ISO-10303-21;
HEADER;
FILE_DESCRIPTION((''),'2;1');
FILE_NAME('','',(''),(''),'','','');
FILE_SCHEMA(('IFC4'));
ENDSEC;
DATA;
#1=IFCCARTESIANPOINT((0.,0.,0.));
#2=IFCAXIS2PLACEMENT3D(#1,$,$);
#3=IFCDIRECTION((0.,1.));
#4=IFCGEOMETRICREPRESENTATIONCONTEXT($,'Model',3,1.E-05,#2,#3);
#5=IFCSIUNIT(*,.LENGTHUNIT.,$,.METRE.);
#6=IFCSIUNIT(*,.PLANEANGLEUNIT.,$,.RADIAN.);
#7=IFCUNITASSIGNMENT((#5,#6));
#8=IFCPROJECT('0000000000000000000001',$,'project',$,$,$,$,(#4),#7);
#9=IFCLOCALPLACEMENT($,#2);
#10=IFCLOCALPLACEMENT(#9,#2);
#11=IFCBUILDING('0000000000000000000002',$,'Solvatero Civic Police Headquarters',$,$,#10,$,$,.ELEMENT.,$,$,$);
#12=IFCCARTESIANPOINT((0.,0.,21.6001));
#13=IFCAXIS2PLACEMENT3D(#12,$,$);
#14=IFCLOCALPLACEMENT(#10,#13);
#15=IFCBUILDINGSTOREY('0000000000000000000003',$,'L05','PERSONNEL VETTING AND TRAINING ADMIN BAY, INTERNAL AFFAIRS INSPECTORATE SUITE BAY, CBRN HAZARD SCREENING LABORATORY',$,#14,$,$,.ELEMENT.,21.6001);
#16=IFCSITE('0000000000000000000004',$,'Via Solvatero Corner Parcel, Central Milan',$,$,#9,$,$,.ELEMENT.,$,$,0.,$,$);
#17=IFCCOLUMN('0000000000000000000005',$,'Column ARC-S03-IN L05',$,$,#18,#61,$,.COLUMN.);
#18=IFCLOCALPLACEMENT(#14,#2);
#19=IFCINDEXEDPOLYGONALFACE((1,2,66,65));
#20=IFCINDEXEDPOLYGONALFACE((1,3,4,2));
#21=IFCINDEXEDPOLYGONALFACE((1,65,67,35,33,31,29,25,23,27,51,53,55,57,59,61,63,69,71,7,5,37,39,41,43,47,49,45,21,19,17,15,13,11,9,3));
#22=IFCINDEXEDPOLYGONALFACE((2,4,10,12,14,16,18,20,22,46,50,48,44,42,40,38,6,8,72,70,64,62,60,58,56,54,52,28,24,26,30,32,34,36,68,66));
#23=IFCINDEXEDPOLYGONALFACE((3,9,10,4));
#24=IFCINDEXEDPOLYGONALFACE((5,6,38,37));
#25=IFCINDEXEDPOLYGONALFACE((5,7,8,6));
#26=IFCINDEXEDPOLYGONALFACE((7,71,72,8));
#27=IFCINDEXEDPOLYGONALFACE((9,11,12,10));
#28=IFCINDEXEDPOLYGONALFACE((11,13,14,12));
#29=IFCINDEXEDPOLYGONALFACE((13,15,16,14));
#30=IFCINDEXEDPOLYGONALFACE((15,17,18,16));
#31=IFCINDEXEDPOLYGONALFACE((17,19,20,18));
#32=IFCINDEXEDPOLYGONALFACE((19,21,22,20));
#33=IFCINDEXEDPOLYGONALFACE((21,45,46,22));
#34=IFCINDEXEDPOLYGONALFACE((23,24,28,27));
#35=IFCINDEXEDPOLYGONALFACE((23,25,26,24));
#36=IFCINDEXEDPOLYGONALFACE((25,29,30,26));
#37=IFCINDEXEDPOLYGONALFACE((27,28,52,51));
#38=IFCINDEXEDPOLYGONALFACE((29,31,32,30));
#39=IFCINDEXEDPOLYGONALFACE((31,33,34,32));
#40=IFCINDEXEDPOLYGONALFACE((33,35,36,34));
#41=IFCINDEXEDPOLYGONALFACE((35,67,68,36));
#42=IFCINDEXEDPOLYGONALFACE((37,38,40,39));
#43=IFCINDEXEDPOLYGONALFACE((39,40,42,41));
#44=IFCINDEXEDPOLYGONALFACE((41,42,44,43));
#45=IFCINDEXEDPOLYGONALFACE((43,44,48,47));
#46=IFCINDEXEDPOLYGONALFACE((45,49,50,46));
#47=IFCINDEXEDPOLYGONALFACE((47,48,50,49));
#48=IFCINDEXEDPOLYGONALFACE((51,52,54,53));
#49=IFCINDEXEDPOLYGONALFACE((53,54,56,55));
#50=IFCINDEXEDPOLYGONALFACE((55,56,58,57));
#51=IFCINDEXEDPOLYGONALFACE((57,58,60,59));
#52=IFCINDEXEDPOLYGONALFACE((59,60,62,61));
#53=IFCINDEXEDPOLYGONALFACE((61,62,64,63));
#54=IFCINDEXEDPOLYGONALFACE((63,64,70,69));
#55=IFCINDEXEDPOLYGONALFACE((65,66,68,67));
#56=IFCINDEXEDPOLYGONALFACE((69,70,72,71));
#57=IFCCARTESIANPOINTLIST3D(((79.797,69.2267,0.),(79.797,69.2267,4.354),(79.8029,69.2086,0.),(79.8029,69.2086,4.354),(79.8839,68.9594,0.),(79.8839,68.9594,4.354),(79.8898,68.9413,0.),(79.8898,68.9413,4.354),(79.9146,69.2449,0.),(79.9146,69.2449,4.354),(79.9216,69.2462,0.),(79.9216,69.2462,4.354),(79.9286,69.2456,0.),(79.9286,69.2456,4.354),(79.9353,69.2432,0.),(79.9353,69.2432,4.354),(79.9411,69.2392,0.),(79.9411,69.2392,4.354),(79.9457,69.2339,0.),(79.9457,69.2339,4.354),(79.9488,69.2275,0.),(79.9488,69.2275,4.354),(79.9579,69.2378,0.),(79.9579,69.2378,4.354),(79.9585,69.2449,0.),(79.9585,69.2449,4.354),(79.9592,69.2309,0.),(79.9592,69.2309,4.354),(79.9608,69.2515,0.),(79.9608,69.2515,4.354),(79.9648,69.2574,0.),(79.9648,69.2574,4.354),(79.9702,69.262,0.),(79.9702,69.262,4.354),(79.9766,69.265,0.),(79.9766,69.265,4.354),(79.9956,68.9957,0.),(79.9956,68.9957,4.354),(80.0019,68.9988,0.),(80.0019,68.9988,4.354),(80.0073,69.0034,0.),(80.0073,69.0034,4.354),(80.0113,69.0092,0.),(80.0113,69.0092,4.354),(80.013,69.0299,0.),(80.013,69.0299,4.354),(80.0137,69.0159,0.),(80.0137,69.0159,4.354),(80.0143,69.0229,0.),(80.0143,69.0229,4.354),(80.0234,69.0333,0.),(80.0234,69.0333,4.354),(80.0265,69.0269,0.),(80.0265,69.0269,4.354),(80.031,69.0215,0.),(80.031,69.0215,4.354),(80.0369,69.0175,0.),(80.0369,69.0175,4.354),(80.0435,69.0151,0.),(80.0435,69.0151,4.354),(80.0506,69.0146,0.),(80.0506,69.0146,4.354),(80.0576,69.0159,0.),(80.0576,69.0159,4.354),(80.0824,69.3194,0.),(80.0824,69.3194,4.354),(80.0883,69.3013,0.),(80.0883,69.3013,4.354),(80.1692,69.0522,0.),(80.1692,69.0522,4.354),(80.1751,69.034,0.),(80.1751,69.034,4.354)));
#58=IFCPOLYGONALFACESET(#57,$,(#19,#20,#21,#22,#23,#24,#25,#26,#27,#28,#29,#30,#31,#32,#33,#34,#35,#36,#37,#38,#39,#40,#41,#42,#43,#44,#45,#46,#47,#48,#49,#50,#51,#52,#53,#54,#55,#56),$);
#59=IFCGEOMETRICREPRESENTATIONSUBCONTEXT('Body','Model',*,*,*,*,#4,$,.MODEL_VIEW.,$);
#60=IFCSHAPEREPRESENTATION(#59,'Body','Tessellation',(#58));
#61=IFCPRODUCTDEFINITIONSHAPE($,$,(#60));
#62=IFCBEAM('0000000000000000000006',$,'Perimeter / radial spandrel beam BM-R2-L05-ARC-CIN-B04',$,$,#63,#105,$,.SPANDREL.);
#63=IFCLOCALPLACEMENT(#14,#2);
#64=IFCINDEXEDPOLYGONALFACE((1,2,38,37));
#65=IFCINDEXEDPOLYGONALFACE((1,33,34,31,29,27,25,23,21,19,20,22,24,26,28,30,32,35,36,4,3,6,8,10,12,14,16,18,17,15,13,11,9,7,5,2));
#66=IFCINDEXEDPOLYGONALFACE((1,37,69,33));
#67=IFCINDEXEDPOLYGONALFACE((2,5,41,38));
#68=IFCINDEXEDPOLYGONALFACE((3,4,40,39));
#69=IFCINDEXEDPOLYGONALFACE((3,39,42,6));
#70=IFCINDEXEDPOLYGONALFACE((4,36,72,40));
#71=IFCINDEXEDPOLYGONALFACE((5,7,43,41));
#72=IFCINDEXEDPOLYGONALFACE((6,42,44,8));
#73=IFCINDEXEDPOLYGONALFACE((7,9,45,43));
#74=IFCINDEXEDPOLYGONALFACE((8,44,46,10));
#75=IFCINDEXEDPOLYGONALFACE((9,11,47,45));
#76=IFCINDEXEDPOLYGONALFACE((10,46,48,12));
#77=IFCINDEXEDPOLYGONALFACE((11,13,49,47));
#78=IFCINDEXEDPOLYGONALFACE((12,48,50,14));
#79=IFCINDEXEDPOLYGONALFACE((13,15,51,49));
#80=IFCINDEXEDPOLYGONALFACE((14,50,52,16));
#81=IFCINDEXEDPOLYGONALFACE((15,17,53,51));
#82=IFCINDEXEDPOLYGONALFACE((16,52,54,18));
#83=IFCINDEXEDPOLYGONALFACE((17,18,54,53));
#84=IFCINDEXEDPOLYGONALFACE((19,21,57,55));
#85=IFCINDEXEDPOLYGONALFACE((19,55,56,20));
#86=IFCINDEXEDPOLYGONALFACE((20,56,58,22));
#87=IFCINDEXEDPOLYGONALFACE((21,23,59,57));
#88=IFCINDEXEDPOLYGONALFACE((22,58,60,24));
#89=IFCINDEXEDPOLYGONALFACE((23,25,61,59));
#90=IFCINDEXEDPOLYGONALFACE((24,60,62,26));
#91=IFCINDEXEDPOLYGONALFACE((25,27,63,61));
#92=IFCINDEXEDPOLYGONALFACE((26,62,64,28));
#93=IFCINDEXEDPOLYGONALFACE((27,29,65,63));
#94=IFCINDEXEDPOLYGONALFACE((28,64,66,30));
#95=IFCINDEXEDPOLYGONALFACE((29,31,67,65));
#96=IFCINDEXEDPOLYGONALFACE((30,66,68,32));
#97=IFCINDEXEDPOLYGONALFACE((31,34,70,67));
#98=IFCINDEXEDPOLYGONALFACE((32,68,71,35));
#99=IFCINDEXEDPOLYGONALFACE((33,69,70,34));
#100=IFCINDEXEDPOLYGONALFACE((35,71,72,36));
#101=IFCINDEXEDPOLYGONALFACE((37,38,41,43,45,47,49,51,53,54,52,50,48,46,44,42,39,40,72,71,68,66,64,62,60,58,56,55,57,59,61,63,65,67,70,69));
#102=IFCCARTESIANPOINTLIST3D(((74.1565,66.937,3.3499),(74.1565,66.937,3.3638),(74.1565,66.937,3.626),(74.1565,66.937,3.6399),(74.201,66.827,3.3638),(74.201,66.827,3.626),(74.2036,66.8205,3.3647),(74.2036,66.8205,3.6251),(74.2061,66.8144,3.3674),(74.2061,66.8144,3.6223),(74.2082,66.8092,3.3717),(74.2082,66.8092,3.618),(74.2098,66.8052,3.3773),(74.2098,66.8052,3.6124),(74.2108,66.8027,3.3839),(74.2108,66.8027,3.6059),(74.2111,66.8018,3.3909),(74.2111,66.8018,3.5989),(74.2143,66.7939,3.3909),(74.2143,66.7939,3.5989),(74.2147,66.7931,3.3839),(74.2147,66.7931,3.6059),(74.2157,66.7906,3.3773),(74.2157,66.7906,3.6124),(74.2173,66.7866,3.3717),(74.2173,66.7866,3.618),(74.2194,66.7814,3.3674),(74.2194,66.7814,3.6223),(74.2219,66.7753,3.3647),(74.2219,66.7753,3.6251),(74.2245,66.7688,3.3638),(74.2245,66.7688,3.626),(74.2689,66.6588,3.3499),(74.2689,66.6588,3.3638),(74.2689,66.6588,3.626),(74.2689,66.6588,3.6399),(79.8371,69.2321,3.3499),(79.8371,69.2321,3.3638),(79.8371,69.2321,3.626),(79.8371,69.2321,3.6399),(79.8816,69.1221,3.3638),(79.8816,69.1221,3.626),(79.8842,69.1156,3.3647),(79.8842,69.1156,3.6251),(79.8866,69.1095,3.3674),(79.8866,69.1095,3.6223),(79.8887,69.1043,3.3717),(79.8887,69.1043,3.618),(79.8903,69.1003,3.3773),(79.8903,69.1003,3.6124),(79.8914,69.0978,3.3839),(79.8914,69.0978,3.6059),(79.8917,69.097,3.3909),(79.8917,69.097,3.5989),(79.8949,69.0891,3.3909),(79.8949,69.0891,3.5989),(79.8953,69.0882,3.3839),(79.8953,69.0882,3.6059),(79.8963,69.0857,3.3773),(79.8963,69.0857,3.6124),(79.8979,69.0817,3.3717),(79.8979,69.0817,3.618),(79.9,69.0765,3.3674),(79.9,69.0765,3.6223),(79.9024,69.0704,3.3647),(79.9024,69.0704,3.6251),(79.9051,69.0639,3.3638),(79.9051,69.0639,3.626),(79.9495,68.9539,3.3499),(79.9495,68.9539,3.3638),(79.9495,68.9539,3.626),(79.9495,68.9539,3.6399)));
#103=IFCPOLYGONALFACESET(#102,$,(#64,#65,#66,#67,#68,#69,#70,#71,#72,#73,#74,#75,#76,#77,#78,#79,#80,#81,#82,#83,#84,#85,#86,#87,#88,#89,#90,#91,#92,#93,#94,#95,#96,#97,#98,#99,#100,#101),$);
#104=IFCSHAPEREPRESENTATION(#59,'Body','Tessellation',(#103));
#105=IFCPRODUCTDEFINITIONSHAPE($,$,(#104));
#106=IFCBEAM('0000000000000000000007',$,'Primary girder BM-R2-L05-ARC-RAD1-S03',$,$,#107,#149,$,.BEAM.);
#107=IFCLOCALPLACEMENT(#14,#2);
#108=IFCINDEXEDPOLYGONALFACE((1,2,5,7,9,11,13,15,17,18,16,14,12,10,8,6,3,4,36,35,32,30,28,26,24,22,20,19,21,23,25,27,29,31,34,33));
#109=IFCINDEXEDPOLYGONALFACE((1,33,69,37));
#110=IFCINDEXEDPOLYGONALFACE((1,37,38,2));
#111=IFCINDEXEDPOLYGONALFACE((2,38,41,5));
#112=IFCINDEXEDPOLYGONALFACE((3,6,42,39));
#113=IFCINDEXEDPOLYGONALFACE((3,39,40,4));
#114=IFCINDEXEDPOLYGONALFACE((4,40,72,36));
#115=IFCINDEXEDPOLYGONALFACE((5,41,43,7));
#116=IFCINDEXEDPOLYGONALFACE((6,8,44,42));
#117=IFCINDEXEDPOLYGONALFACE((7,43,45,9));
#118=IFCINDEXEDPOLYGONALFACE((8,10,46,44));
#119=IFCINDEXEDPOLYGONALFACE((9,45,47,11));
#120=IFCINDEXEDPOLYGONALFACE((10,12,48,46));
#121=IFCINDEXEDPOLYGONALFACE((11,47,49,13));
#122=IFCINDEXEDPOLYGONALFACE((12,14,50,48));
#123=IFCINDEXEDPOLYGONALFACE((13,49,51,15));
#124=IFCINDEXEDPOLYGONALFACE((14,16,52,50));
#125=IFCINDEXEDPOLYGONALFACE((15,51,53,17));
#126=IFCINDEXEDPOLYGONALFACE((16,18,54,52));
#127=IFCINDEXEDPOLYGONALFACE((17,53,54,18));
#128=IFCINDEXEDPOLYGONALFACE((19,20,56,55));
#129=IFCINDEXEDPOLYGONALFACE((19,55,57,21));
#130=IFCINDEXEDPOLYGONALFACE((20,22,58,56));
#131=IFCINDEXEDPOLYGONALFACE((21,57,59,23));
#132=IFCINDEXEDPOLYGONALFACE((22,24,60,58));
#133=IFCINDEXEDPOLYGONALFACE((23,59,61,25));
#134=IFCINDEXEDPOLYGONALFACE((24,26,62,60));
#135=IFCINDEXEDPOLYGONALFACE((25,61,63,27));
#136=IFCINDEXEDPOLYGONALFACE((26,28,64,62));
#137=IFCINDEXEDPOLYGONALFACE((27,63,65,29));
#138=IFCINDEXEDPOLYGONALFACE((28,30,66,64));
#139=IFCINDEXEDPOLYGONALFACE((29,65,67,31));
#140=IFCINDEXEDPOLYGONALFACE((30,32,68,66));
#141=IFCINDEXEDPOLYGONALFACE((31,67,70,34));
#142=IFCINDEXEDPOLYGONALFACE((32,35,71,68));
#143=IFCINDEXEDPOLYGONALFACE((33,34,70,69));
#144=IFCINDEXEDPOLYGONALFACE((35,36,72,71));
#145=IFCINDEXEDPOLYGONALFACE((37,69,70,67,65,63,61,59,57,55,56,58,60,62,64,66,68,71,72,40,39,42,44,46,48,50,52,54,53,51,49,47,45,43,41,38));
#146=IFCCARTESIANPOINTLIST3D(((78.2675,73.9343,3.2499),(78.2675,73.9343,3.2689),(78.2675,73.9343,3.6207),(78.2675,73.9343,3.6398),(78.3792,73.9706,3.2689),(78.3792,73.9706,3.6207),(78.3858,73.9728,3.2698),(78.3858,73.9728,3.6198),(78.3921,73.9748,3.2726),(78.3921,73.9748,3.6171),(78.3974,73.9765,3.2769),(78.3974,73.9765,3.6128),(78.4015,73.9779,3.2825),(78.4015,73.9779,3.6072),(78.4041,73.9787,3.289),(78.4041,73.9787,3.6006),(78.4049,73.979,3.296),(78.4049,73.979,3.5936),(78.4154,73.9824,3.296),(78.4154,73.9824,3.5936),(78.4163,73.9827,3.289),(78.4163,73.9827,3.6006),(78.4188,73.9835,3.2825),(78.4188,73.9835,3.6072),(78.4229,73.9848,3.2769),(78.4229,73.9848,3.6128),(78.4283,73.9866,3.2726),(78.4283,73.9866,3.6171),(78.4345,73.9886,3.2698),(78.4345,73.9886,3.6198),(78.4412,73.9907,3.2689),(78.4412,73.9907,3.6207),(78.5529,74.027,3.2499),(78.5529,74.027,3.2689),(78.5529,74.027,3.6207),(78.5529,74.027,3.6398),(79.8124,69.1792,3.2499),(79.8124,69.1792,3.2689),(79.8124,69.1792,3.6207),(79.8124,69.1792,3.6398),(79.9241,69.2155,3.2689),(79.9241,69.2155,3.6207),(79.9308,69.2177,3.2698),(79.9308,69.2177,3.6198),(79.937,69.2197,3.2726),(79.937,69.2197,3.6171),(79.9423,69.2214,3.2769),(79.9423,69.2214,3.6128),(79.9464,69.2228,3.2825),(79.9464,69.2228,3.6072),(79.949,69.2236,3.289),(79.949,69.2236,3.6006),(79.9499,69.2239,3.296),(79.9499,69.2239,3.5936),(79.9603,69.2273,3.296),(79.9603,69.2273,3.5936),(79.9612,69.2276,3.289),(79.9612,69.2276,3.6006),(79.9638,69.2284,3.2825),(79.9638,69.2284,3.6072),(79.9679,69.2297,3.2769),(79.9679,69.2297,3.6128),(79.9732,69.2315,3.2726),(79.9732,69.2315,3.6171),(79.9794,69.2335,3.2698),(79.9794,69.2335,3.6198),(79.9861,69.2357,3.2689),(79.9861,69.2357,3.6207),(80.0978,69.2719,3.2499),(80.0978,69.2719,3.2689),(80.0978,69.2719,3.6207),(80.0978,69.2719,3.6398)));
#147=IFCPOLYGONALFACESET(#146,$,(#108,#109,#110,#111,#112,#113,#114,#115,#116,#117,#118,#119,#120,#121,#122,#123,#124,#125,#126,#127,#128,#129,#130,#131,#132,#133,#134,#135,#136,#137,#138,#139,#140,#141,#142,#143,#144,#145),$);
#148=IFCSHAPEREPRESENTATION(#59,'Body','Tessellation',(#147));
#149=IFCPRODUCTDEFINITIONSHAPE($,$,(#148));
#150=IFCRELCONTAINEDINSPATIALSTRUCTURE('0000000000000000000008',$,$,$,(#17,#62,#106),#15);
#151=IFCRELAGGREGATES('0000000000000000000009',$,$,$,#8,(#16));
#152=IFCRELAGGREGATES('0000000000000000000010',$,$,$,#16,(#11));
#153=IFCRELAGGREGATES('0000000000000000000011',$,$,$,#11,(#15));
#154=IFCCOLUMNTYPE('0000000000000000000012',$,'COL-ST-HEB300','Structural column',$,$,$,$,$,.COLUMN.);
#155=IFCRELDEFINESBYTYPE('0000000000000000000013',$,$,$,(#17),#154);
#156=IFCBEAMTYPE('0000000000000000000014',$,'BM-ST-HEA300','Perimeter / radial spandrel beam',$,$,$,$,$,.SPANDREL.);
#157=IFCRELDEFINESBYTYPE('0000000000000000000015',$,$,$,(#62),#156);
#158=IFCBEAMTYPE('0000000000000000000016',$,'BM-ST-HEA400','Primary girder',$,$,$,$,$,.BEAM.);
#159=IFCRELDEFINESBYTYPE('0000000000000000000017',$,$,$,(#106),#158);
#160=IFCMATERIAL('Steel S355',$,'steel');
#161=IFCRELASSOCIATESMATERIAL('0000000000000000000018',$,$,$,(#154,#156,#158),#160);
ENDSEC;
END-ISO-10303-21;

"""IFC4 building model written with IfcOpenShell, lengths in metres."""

from ifc_helpers import new_model, si_unit, direction, frame, origin, origin_2d, place, context, subcontext, project, spatial, i_section, extrude, material, material_profile, profile_set, type_object, element, save


model = new_model("IFC4")

# Units and contexts
model_context = context("Model", 3, precision=1e-05, world=origin(), true_north=direction((0.0, 1.0)))
body_context = subcontext(model_context, "Body", "Model", "MODEL_VIEW")
ifc_project = project(units=[si_unit("LENGTHUNIT", "METRE"), si_unit("PLANEANGLEUNIT", "RADIAN")], contexts=[model_context])

# Site, building, storey
site_placement = place(None, origin())
site = spatial("IfcSite", under=ifc_project, at=site_placement, Name="Via Solvatero Corner Parcel, Central Milan", CompositionType="ELEMENT", RefElevation=0.0)
building_placement = place(site_placement, origin())
building = spatial("IfcBuilding", under=site, at=building_placement, Name="Solvatero Civic Police Headquarters", CompositionType="ELEMENT")
storey_placement = place(building_placement, frame((0.0, 0.0, 21.6001)))
storey = spatial("IfcBuildingStorey", under=building, at=storey_placement, Name="L05", Description="PERSONNEL VETTING AND TRAINING ADMIN BAY, INTERNAL AFFAIRS INSPECTORATE SUITE BAY, CBRN HAZARD SCREENING LABORATORY", CompositionType="ELEMENT", Elevation=21.6001)

# Column
ifc_material_1 = material(Name="Steel S355", Category="steel")
ifc_material_profile_1 = material_profile(ifc_material_1, i_section(OverallWidth=0.3, OverallDepth=0.3, WebThickness=0.011, FlangeThickness=0.019, FilletRadius=0.0271, at=origin_2d()), Name="HEB 300")
ifc_profile_set_1 = profile_set([ifc_material_profile_1], Name="Steel S355")
column_type = type_object("IfcColumnType", Name="COL-ST-HEB300", Description="Structural column", PredefinedType="COLUMN", material=ifc_profile_set_1)
column_placement = place(storey_placement, frame((79.9861, 69.1304, 0.0), z_axis=(0.0, 0.0, 1.0), x_axis=(0.951057, 0.309017, 0.0)))
element("IfcColumn", 1, at=column_placement, inside=storey, type_object=column_type, Name="Column ARC-S03-IN L05", PredefinedType="COLUMN", context=body_context, shape_type="SweptSolid", body=[
    extrude(i_section(OverallWidth=0.3, OverallDepth=0.3, WebThickness=0.011, FlangeThickness=0.019, FilletRadius=0.0271, at=origin_2d()), origin(), (0.0, 0.0, 1.0), 4.354),
])

# Beams
ifc_material_profile_2 = material_profile(ifc_material_1, i_section(OverallWidth=0.3, OverallDepth=0.29, WebThickness=0.0085, FlangeThickness=0.0139, FilletRadius=0.0271, at=origin_2d()), Name="HEA 300")
ifc_profile_set_2 = profile_set([ifc_material_profile_2], Name="Steel S355")
beam_type_1 = type_object("IfcBeamType", Name="BM-ST-HEA300", Description="Perimeter / radial spandrel beam", PredefinedType="SPANDREL", material=ifc_profile_set_2)
beam_1_placement = place(storey_placement, frame((79.8933, 69.093, 3.4949), z_axis=(-0.927182, -0.374611, 0.0), x_axis=(0.374611, -0.927182, 0.0)))
element("IfcBeam", 2, at=beam_1_placement, inside=storey, type_object=beam_type_1, Name="Perimeter / radial spandrel beam BM-R2-L05-ARC-CIN-B04", PredefinedType="SPANDREL", context=body_context, shape_type="SweptSolid", body=[
    extrude(i_section(OverallWidth=0.3, OverallDepth=0.29, WebThickness=0.0085, FlangeThickness=0.0139, FilletRadius=0.0271, at=origin_2d()), origin(), (0.0, 0.0, 1.0), 6.1267),
])
ifc_material_profile_3 = material_profile(ifc_material_1, i_section(OverallWidth=0.3, OverallDepth=0.3899, WebThickness=0.011, FlangeThickness=0.019, FilletRadius=0.0271, at=origin_2d()), Name="HEA 400")
ifc_profile_set_3 = profile_set([ifc_material_profile_3], Name="Steel S355")
beam_type_2 = type_object("IfcBeamType", Name="BM-ST-HEA400", Description="Primary girder", PredefinedType="BEAM", material=ifc_profile_set_3)
beam_2_placement = place(storey_placement, frame((79.9551, 69.2256, 3.4448), z_axis=(-0.308997, 0.951063, 0.0), x_axis=(-0.951063, -0.308997, 0.0)))
element("IfcBeam", 3, at=beam_2_placement, inside=storey, type_object=beam_type_2, Name="Primary girder BM-R2-L05-ARC-RAD1-S03", PredefinedType="BEAM", context=body_context, shape_type="SweptSolid", body=[
    extrude(i_section(OverallWidth=0.3, OverallDepth=0.3899, WebThickness=0.011, FlangeThickness=0.019, FilletRadius=0.0271, at=origin_2d()), origin(), (0.0, 0.0, 1.0), 4.9998),
])

save(model, "model.ifc")
